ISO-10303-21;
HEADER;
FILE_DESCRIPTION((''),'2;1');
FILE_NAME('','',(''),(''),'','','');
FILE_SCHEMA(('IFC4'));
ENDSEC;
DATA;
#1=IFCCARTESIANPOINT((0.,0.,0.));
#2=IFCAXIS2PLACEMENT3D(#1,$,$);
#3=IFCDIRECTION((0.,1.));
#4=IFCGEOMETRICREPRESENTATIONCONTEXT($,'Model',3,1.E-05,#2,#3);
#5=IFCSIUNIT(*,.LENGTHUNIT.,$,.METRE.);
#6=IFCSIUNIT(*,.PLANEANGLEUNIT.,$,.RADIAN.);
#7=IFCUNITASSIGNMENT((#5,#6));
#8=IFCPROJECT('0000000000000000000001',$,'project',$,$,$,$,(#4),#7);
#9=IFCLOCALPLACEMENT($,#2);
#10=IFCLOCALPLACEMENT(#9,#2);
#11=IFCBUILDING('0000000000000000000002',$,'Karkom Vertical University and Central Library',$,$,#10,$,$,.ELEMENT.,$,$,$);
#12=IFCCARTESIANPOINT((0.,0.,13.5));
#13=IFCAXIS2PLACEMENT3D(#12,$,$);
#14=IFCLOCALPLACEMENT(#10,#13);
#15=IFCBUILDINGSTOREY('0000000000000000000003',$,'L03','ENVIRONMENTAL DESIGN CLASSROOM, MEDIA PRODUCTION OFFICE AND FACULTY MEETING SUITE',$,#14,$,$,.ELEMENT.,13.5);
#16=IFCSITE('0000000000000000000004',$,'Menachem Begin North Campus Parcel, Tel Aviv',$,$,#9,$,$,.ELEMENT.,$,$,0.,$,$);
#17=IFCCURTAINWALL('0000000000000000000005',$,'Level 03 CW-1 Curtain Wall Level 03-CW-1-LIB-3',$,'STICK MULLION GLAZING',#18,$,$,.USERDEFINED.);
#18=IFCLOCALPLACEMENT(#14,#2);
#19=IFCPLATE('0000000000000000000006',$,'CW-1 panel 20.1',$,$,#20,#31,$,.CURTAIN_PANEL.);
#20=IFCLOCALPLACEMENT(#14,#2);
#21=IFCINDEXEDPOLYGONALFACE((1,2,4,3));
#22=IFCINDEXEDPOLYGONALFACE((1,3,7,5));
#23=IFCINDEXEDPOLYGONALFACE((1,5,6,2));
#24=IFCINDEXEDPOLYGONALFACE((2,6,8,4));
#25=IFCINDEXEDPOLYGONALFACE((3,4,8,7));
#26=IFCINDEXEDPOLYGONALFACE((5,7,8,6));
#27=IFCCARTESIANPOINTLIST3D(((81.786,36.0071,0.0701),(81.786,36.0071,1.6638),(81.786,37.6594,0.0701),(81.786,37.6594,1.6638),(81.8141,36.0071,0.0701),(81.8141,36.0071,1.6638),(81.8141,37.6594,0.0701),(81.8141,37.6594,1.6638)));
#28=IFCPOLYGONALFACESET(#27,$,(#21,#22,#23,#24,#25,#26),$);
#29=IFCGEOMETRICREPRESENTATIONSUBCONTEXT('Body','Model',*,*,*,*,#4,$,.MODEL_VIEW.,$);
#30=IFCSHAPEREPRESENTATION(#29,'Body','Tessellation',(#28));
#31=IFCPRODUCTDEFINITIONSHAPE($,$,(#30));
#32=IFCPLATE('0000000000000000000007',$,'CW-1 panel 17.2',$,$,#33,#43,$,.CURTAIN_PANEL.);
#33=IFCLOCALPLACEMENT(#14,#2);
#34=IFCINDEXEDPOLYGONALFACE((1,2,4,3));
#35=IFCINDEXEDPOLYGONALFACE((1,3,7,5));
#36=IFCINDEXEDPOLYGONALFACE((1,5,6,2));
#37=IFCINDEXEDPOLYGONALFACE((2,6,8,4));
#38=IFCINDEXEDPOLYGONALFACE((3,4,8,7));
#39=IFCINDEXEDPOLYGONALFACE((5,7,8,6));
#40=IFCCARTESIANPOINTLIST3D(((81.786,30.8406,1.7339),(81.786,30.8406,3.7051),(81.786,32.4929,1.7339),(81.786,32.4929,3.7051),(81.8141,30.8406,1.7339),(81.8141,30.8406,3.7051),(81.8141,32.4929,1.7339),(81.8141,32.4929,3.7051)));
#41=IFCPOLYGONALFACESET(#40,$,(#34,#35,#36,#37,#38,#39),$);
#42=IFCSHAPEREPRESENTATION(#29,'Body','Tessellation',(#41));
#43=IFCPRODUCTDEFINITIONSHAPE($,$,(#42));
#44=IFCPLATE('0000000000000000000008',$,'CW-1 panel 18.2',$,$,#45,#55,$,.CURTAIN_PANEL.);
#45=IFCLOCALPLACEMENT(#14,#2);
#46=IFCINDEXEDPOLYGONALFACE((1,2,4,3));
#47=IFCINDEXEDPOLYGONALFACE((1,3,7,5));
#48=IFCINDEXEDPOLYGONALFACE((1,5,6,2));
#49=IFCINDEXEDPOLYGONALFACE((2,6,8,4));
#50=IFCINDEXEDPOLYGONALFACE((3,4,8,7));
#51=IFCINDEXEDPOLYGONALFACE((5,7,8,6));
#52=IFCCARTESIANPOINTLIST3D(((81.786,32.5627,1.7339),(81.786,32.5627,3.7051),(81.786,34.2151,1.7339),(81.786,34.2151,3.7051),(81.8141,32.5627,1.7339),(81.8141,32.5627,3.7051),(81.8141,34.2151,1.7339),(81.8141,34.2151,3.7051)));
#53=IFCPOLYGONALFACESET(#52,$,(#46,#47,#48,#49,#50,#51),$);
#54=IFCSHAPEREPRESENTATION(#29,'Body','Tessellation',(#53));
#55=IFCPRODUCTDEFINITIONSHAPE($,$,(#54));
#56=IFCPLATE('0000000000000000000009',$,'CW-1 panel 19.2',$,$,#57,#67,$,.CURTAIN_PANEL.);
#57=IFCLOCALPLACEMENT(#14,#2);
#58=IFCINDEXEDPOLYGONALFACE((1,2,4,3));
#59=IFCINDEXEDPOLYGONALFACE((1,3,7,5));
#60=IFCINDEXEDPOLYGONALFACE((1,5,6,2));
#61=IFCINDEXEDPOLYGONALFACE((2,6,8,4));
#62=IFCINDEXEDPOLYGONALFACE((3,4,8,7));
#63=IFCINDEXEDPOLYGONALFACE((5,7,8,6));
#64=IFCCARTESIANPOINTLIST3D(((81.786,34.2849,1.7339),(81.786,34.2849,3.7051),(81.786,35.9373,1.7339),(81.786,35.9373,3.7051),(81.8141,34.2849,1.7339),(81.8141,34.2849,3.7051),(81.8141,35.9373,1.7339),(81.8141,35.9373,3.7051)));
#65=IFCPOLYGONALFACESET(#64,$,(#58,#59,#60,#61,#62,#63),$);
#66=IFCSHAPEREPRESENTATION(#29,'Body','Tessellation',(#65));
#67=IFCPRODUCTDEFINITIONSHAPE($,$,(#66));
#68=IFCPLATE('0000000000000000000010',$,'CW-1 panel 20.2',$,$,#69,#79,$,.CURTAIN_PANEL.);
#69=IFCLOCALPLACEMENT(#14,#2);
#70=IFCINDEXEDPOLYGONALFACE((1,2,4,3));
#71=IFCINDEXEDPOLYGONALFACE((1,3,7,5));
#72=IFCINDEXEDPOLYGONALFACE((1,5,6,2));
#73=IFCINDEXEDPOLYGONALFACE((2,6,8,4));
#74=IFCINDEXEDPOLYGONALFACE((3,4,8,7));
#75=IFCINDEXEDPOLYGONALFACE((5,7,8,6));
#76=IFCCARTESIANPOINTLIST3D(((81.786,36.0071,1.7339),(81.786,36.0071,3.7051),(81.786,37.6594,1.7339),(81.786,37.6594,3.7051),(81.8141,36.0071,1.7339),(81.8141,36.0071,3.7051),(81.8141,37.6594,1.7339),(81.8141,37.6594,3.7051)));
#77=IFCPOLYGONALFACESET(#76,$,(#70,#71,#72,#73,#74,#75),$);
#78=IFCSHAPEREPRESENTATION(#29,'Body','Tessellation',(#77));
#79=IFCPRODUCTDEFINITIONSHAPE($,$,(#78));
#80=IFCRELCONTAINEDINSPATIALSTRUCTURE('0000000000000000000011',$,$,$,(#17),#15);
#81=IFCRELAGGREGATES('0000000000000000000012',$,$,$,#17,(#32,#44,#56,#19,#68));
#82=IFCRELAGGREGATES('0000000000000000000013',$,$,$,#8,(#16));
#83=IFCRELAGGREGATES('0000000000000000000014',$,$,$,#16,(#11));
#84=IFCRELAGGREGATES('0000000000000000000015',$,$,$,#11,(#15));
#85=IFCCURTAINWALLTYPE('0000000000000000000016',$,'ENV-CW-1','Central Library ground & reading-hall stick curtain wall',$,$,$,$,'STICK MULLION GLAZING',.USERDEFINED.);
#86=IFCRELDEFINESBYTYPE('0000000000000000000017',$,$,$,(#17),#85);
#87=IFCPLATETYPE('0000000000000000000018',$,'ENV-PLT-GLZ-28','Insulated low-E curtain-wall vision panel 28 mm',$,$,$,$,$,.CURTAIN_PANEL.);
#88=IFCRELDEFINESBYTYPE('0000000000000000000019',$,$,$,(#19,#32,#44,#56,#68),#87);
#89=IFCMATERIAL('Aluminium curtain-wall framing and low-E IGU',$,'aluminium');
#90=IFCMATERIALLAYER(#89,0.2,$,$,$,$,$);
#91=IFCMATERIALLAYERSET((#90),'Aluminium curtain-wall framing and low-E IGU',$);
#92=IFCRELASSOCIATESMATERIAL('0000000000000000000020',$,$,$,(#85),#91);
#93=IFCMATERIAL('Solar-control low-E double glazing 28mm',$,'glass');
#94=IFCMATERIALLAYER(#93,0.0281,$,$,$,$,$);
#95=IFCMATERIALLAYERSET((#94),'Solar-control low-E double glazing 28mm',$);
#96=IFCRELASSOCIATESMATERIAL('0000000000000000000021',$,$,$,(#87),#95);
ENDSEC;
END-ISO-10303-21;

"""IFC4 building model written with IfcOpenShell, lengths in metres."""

from ifc_helpers import new_model, si_unit, direction, frame, origin, origin_with_axes, origin_2d, place, context, subcontext, project, spatial, rectangle, extrude, source, transform, mapped, material, layer, layer_set, type_object, element, aggregate, save


model = new_model("IFC4")

# Units and contexts
model_context = context("Model", 3, precision=1e-05, world=origin(), true_north=direction((0.0, 1.0)))
body_context = subcontext(model_context, "Body", "Model", "MODEL_VIEW")
ifc_project = project(units=[si_unit("LENGTHUNIT", "METRE"), si_unit("PLANEANGLEUNIT", "RADIAN")], contexts=[model_context])

# Site, building, storey
site_placement = place(None, origin())
site = spatial("IfcSite", under=ifc_project, at=site_placement, Name="Menachem Begin North Campus Parcel, Tel Aviv", CompositionType="ELEMENT", RefElevation=0.0)
building_placement = place(site_placement, origin())
building = spatial("IfcBuilding", under=site, at=building_placement, Name="Karkom Vertical University and Central Library", CompositionType="ELEMENT")
storey_placement = place(building_placement, frame((0.0, 0.0, 13.5)))
storey = spatial("IfcBuildingStorey", under=building, at=storey_placement, Name="L03", Description="ENVIRONMENTAL DESIGN CLASSROOM, MEDIA PRODUCTION OFFICE AND FACULTY MEETING SUITE", CompositionType="ELEMENT", Elevation=13.5)

# Curtain wall, plates
ifc_material_1 = material(Name="Aluminium curtain-wall framing and low-E IGU", Category="aluminium")
ifc_layer_1 = layer(ifc_material_1, 0.2)
ifc_layer_set_1 = layer_set([ifc_layer_1], Name="Aluminium curtain-wall framing and low-E IGU")
curtain_wall_type = type_object("IfcCurtainWallType", Name="ENV-CW-1", Description="Central Library ground & reading-hall stick curtain wall", ElementType="STICK MULLION GLAZING", PredefinedType="USERDEFINED", material=ifc_layer_set_1)
curtain_wall_placement = place(storey_placement, origin())
curtain_wall = element("IfcCurtainWall", 1, at=curtain_wall_placement, inside=storey, type_object=curtain_wall_type, Name="Level 03 CW-1 Curtain Wall Level 03-CW-1-LIB-3", ObjectType="STICK MULLION GLAZING", PredefinedType="USERDEFINED")
ifc_material_2 = material(Name="Solar-control low-E double glazing 28mm", Category="glass")
ifc_layer_2 = layer(ifc_material_2, 0.0281)
ifc_layer_set_2 = layer_set([ifc_layer_2], Name="Solar-control low-E double glazing 28mm")
plate_type = type_object("IfcPlateType", Name="ENV-PLT-GLZ-28", Description="Insulated low-E curtain-wall vision panel 28 mm", PredefinedType="CURTAIN_PANEL", material=ifc_layer_set_2)
shared_shape_1 = source(origin_with_axes(), body_context, "Body", "SweptSolid", [
    extrude(rectangle(XDim=1.6523, YDim=0.0281, at=origin_2d()), origin(), (0.0, 0.0, 1.0), 1.5938),
])
plate_1_placement = place(storey_placement, frame((81.8, 36.8333, 0.0701), z_axis=(0.0, 0.0, 1.0), x_axis=(0.0, 1.0, 0.0)))
plate_1 = element("IfcPlate", 2, at=plate_1_placement, type_object=plate_type, Name="CW-1 panel 20.1", PredefinedType="CURTAIN_PANEL", context=body_context, shape_type="MappedRepresentation", body=[
    mapped(shared_shape_1, transform((0.0, 0.0, 0.0), scale=1.0)),
])
shared_shape_2 = source(origin_with_axes(), body_context, "Body", "SweptSolid", [
    extrude(rectangle(XDim=1.6523, YDim=0.0281, at=origin_2d()), origin(), (0.0, 0.0, 1.0), 1.9712),
])
plate_2_placement = place(storey_placement, frame((81.8, 31.6667, 1.7339), z_axis=(0.0, 0.0, 1.0), x_axis=(0.0, 1.0, 0.0)))
plate_2 = element("IfcPlate", 3, at=plate_2_placement, type_object=plate_type, Name="CW-1 panel 17.2", PredefinedType="CURTAIN_PANEL", context=body_context, shape_type="MappedRepresentation", body=[
    mapped(shared_shape_2, transform((0.0, 0.0, 0.0), scale=1.0)),
])
plate_3_placement = place(storey_placement, frame((81.8, 33.3889, 1.7339), z_axis=(0.0, 0.0, 1.0), x_axis=(0.0, 1.0, 0.0)))
plate_3 = element("IfcPlate", 4, at=plate_3_placement, type_object=plate_type, Name="CW-1 panel 18.2", PredefinedType="CURTAIN_PANEL", context=body_context, shape_type="MappedRepresentation", body=[
    mapped(shared_shape_2, transform((0.0, 0.0, 0.0), scale=1.0)),
])
plate_4_placement = place(storey_placement, frame((81.8, 35.1111, 1.7339), z_axis=(0.0, 0.0, 1.0), x_axis=(0.0, 1.0, 0.0)))
plate_4 = element("IfcPlate", 5, at=plate_4_placement, type_object=plate_type, Name="CW-1 panel 19.2", PredefinedType="CURTAIN_PANEL", context=body_context, shape_type="MappedRepresentation", body=[
    mapped(shared_shape_2, transform((0.0, 0.0, 0.0), scale=1.0)),
])
plate_5_placement = place(storey_placement, frame((81.8, 36.8333, 1.7339), z_axis=(0.0, 0.0, 1.0), x_axis=(0.0, 1.0, 0.0)))
plate_5 = element("IfcPlate", 6, at=plate_5_placement, type_object=plate_type, Name="CW-1 panel 20.2", PredefinedType="CURTAIN_PANEL", context=body_context, shape_type="MappedRepresentation", body=[
    mapped(shared_shape_2, transform((0.0, 0.0, 0.0), scale=1.0)),
])
aggregate(curtain_wall, [plate_2, plate_3, plate_4, plate_1, plate_5])

save(model, "model.ifc")
